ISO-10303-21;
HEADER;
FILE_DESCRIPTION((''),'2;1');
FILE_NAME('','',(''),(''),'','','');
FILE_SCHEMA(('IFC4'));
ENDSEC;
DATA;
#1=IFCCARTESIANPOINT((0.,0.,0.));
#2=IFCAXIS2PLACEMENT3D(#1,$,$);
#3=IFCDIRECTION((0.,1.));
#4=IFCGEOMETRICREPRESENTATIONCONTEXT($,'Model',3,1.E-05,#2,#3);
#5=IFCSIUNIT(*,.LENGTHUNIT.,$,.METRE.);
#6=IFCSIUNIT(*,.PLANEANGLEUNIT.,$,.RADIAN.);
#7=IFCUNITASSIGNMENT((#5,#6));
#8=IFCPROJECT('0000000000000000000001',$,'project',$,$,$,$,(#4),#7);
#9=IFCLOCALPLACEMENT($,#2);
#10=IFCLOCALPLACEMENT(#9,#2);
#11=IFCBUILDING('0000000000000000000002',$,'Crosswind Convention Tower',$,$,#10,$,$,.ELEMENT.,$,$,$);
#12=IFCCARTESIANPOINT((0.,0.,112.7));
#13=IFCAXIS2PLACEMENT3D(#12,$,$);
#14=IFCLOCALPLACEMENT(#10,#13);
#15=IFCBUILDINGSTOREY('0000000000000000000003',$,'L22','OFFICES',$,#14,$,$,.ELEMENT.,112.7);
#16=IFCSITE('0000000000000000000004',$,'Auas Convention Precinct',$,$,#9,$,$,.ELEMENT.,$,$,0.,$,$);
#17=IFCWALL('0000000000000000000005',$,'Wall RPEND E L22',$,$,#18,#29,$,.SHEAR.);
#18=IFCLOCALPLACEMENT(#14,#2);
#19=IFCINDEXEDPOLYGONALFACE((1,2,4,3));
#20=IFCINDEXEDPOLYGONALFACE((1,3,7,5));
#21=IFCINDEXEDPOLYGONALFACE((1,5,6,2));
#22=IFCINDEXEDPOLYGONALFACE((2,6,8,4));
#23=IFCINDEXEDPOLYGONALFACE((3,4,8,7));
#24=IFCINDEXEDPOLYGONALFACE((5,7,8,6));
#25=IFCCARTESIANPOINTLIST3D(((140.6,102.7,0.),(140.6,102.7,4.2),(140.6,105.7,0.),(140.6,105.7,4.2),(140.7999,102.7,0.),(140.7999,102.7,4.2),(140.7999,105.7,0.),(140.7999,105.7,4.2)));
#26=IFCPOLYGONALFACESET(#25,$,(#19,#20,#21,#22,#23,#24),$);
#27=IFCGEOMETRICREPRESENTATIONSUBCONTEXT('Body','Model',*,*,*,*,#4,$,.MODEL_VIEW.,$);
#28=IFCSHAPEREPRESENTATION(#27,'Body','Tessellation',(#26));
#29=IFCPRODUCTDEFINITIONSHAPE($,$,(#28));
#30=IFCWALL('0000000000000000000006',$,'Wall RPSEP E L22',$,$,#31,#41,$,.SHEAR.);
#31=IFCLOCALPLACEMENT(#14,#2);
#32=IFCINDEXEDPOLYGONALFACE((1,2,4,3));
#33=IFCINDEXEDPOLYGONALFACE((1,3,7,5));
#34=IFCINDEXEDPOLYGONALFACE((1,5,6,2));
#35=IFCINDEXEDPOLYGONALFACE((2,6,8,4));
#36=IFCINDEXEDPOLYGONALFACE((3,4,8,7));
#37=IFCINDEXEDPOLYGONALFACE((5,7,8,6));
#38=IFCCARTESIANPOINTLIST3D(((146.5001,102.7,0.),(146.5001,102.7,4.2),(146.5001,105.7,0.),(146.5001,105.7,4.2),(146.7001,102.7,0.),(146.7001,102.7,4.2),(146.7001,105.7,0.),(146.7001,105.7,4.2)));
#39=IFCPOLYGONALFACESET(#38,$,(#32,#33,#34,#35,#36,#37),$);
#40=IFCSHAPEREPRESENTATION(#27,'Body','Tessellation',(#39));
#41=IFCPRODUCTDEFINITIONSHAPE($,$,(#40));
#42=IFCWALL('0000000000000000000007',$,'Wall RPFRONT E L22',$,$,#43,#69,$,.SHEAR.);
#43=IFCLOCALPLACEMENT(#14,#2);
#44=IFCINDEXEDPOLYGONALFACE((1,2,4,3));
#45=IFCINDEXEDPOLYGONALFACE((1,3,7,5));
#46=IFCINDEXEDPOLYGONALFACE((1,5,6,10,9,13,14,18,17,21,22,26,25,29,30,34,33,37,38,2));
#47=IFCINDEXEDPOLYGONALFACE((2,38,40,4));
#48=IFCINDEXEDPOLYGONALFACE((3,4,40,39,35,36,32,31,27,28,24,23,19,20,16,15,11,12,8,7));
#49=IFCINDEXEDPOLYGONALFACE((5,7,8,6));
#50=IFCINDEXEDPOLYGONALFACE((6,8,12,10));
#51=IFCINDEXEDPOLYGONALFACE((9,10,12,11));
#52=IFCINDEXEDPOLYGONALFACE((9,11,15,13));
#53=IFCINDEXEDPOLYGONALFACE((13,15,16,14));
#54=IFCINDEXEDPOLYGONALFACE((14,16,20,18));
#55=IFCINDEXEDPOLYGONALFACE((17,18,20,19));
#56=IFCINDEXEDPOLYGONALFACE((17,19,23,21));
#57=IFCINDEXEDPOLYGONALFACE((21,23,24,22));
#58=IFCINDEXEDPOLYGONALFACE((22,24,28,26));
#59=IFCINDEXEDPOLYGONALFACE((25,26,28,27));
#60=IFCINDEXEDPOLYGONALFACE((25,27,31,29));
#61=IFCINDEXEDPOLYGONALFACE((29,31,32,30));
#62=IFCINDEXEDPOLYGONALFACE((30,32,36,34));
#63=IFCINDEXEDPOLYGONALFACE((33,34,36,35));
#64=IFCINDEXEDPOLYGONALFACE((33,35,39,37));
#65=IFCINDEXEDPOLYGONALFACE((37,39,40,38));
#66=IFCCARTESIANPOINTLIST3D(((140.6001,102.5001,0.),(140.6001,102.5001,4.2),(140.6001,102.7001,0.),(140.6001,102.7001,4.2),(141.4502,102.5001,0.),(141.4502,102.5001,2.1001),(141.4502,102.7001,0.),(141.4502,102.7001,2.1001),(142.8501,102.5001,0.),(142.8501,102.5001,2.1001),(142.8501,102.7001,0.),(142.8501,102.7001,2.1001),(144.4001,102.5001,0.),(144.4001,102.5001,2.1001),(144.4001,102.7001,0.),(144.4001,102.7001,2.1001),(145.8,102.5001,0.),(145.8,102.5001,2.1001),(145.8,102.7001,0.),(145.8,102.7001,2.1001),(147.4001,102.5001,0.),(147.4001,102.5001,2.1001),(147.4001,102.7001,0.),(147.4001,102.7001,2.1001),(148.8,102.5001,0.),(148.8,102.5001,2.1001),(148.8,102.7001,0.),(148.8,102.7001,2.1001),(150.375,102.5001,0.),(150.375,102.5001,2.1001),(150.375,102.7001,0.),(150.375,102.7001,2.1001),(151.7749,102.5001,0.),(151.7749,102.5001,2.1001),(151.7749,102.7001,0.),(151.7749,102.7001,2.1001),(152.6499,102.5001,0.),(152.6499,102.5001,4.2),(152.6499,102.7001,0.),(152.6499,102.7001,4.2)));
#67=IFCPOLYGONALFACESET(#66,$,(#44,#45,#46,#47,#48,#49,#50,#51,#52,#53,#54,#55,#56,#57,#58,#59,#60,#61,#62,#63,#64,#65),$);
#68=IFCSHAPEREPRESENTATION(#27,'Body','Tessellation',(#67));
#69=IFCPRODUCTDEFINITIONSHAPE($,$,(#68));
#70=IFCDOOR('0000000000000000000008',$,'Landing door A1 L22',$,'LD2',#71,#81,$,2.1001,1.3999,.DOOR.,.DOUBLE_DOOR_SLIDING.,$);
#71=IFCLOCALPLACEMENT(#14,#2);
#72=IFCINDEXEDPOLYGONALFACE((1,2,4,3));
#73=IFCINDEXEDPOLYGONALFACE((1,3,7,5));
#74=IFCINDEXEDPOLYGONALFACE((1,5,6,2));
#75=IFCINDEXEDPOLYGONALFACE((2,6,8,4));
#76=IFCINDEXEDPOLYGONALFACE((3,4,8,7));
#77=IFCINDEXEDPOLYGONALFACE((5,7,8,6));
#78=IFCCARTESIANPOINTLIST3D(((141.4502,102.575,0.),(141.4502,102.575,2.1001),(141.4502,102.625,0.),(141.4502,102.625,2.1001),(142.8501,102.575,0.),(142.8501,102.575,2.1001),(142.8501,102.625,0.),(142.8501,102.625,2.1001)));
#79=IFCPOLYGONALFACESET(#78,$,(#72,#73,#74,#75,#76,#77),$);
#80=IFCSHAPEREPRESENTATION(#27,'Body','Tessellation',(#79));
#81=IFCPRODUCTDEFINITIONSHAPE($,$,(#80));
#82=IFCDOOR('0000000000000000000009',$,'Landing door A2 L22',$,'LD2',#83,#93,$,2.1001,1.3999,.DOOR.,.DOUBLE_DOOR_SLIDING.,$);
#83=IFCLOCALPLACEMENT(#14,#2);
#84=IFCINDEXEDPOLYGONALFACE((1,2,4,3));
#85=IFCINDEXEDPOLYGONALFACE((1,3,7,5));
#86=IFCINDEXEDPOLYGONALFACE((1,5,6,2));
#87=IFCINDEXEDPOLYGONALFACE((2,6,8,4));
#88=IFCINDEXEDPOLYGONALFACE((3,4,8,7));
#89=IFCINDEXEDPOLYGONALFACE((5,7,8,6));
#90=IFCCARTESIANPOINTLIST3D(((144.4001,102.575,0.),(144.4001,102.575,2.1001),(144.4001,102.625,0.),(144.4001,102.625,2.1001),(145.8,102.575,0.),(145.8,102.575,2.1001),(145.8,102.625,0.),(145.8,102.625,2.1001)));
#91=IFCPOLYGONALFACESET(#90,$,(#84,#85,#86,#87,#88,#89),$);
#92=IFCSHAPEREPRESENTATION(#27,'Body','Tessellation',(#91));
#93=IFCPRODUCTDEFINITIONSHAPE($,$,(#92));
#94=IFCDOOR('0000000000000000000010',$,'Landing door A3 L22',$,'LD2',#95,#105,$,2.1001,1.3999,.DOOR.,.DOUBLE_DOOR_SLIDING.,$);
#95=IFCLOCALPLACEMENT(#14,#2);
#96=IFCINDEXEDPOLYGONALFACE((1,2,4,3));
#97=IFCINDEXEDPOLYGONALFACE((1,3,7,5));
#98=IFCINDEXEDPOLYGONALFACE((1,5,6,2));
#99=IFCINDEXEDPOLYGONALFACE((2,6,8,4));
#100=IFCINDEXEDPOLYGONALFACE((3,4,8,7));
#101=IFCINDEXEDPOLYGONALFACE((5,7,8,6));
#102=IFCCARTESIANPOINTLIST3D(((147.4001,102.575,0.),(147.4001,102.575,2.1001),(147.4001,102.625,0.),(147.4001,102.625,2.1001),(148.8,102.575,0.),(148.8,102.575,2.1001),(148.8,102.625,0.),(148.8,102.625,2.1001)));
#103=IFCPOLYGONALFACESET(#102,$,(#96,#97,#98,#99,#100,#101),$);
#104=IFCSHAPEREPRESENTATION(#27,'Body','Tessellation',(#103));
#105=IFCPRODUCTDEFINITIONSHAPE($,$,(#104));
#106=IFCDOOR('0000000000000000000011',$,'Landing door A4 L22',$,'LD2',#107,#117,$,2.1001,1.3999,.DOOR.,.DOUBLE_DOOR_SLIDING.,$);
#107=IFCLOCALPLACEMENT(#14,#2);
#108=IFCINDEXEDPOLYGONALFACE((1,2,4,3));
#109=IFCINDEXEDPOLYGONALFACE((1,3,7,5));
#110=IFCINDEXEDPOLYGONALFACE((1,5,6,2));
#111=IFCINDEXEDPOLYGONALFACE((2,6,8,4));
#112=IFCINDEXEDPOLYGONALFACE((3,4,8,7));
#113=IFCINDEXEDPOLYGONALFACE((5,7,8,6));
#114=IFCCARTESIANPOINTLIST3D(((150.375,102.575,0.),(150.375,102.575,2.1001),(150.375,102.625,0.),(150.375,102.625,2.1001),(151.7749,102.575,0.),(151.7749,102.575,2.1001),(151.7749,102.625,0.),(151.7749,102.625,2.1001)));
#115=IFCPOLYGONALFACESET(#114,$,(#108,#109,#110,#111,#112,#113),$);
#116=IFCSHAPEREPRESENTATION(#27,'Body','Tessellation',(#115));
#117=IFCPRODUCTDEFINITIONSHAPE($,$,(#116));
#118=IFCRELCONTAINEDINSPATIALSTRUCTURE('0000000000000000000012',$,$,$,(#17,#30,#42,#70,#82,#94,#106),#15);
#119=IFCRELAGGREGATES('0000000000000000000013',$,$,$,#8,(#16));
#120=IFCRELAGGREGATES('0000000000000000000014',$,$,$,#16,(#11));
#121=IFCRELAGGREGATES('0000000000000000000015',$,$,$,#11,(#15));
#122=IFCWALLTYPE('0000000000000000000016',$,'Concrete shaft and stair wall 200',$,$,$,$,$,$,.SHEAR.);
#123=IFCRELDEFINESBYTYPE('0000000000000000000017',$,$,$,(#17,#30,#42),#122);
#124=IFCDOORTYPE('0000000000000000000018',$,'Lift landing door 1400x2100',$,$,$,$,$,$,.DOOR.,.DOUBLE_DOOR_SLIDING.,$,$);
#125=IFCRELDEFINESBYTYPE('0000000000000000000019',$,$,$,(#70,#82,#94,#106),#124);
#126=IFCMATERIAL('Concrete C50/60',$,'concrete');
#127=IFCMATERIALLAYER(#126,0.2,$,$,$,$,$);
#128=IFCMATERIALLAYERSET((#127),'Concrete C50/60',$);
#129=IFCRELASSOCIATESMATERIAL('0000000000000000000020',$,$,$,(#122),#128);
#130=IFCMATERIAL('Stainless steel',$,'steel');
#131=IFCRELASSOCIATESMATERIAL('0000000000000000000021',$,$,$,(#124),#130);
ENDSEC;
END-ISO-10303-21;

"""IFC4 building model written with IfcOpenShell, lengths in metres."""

from ifc_helpers import new_model, si_unit, direction, frame, frame_2d, origin, place, context, subcontext, project, spatial, rectangle, extrude, material, layer, layer_set, type_object, element, fill, save


model = new_model("IFC4")

# Units and contexts
model_context = context("Model", 3, precision=1e-05, world=origin(), true_north=direction((0.0, 1.0)))
body_context = subcontext(model_context, "Body", "Model", "MODEL_VIEW")
ifc_project = project(units=[si_unit("LENGTHUNIT", "METRE"), si_unit("PLANEANGLEUNIT", "RADIAN")], contexts=[model_context])

# Site, building, storey
site_placement = place(None, origin())
site = spatial("IfcSite", under=ifc_project, at=site_placement, Name="Auas Convention Precinct", CompositionType="ELEMENT", RefElevation=0.0)
building_placement = place(site_placement, origin())
building = spatial("IfcBuilding", under=site, at=building_placement, Name="Crosswind Convention Tower", CompositionType="ELEMENT")
storey_placement = place(building_placement, frame((0.0, 0.0, 112.7)))
storey = spatial("IfcBuildingStorey", under=building, at=storey_placement, Name="L22", Description="OFFICES", CompositionType="ELEMENT", Elevation=112.7)

# Walls
ifc_material_1 = material(Name="Concrete C50/60", Category="concrete")
ifc_layer = layer(ifc_material_1, 0.2)
ifc_layer_set = layer_set([ifc_layer], Name="Concrete C50/60")
wall_type = type_object("IfcWallType", Name="Concrete shaft and stair wall 200", PredefinedType="SHEAR", material=ifc_layer_set)
for number, where, z_axis, x_axis, name in (
    (1, (140.7, 102.7, 0.0), (0.0, 0.0, 1.0), (0.0, 1.0, 0.0), "Wall RPEND E L22"),
    (2, (146.6001, 102.7, 0.0), (0.0, 0.0, 1.0), (0.0, 1.0, 0.0), "Wall RPSEP E L22"),
):
    element("IfcWall", number, at=place(storey_placement, frame(where, z_axis=z_axis, x_axis=x_axis)), inside=storey, type_object=wall_type, Name=name, PredefinedType="SHEAR", context=body_context, shape_type="SweptSolid", body=[
        extrude(rectangle(XDim=3.0, YDim=0.2, at=frame_2d((1.5, 0.0))), origin(), (0.0, 0.0, 1.0), 4.2),
    ])

# Wall, openings, doors
wall_1_placement = place(storey_placement, frame((140.6001, 102.6001, 0.0), z_axis=(0.0, 0.0, 1.0), x_axis=(1.0, 0.0, 0.0)))
wall_1 = element("IfcWall", 3, at=wall_1_placement, inside=storey, type_object=wall_type, Name="Wall RPFRONT E L22", PredefinedType="SHEAR", context=body_context, shape_type="SweptSolid", body=[
    extrude(rectangle(XDim=12.0498, YDim=0.2, at=frame_2d((6.0249, 0.0))), origin(), (0.0, 0.0, 1.0), 4.2),
])
opening_1_placement = place(wall_1_placement, frame((0.8501, 0.0, 0.0)))
opening_1 = element("IfcOpeningElement", 4, at=opening_1_placement, cuts=wall_1, PredefinedType="OPENING", context=body_context, shape_type="SweptSolid", body=[
    extrude(rectangle(XDim=1.3999, YDim=2.1001, at=frame_2d((0.7, 1.05))), frame((0.0, 0.1099, 0.0), z_axis=(0.0, -1.0, 0.0), x_axis=(1.0, 0.0, 0.0)), (0.0, 0.0, 1.0), 0.22),
])
opening_2_placement = place(wall_1_placement, frame((3.8, 0.0, 0.0)))
opening_2 = element("IfcOpeningElement", 5, at=opening_2_placement, cuts=wall_1, PredefinedType="OPENING", context=body_context, shape_type="SweptSolid", body=[
    extrude(rectangle(XDim=1.3999, YDim=2.1001, at=frame_2d((0.7, 1.05))), frame((0.0, 0.1099, 0.0), z_axis=(0.0, -1.0, 0.0), x_axis=(1.0, 0.0, 0.0)), (0.0, 0.0, 1.0), 0.22),
])
opening_3_placement = place(wall_1_placement, frame((6.8, 0.0, 0.0)))
opening_3 = element("IfcOpeningElement", 6, at=opening_3_placement, cuts=wall_1, PredefinedType="OPENING", context=body_context, shape_type="SweptSolid", body=[
    extrude(rectangle(XDim=1.3999, YDim=2.1001, at=frame_2d((0.7, 1.05))), frame((0.0, 0.1099, 0.0), z_axis=(0.0, -1.0, 0.0), x_axis=(1.0, 0.0, 0.0)), (0.0, 0.0, 1.0), 0.22),
])
opening_4_placement = place(wall_1_placement, frame((9.7749, 0.0, 0.0)))
opening_4 = element("IfcOpeningElement", 7, at=opening_4_placement, cuts=wall_1, PredefinedType="OPENING", context=body_context, shape_type="SweptSolid", body=[
    extrude(rectangle(XDim=1.3999, YDim=2.1001, at=frame_2d((0.7, 1.05))), frame((0.0, 0.1099, 0.0), z_axis=(0.0, -1.0, 0.0), x_axis=(1.0, 0.0, 0.0)), (0.0, 0.0, 1.0), 0.22),
])
ifc_material_2 = material(Name="Stainless steel", Category="steel")
door_type_1 = type_object("IfcDoorType", Name="Lift landing door 1400x2100", OperationType="DOUBLE_DOOR_SLIDING", PredefinedType="DOOR", material=ifc_material_2)
door_1_placement = place(opening_1_placement, origin())
door_1 = element("IfcDoor", 8, at=door_1_placement, inside=storey, type_object=door_type_1, Name="Landing door A1 L22", ObjectType="LD2", OperationType="DOUBLE_DOOR_SLIDING", OverallHeight=2.1001, OverallWidth=1.3999, PredefinedType="DOOR", context=body_context, shape_type="SweptSolid", body=[
    extrude(rectangle(XDim=1.3999, YDim=2.1001, at=frame_2d((0.7, 1.05))), frame((0.0, 0.0249, 0.0), z_axis=(0.0, -1.0, 0.0), x_axis=(1.0, 0.0, 0.0)), (0.0, 0.0, 1.0), 0.05),
])
fill(opening_1, door_1)
door_2_placement = place(opening_2_placement, origin())
door_2 = element("IfcDoor", 9, at=door_2_placement, inside=storey, type_object=door_type_1, Name="Landing door A2 L22", ObjectType="LD2", OperationType="DOUBLE_DOOR_SLIDING", OverallHeight=2.1001, OverallWidth=1.3999, PredefinedType="DOOR", context=body_context, shape_type="SweptSolid", body=[
    extrude(rectangle(XDim=1.3999, YDim=2.1001, at=frame_2d((0.7, 1.05))), frame((0.0, 0.0249, 0.0), z_axis=(0.0, -1.0, 0.0), x_axis=(1.0, 0.0, 0.0)), (0.0, 0.0, 1.0), 0.05),
])
fill(opening_2, door_2)
door_3_placement = place(opening_3_placement, origin())
door_3 = element("IfcDoor", 10, at=door_3_placement, inside=storey, type_object=door_type_1, Name="Landing door A3 L22", ObjectType="LD2", OperationType="DOUBLE_DOOR_SLIDING", OverallHeight=2.1001, OverallWidth=1.3999, PredefinedType="DOOR", context=body_context, shape_type="SweptSolid", body=[
    extrude(rectangle(XDim=1.3999, YDim=2.1001, at=frame_2d((0.7, 1.05))), frame((0.0, 0.0249, 0.0), z_axis=(0.0, -1.0, 0.0), x_axis=(1.0, 0.0, 0.0)), (0.0, 0.0, 1.0), 0.05),
])
fill(opening_3, door_3)
door_4_placement = place(opening_4_placement, origin())
door_4 = element("IfcDoor", 11, at=door_4_placement, inside=storey, type_object=door_type_1, Name="Landing door A4 L22", ObjectType="LD2", OperationType="DOUBLE_DOOR_SLIDING", OverallHeight=2.1001, OverallWidth=1.3999, PredefinedType="DOOR", context=body_context, shape_type="SweptSolid", body=[
    extrude(rectangle(XDim=1.3999, YDim=2.1001, at=frame_2d((0.7, 1.05))), frame((0.0, 0.0249, 0.0), z_axis=(0.0, -1.0, 0.0), x_axis=(1.0, 0.0, 0.0)), (0.0, 0.0, 1.0), 0.05),
])
fill(opening_4, door_4)

save(model, "model.ifc")
